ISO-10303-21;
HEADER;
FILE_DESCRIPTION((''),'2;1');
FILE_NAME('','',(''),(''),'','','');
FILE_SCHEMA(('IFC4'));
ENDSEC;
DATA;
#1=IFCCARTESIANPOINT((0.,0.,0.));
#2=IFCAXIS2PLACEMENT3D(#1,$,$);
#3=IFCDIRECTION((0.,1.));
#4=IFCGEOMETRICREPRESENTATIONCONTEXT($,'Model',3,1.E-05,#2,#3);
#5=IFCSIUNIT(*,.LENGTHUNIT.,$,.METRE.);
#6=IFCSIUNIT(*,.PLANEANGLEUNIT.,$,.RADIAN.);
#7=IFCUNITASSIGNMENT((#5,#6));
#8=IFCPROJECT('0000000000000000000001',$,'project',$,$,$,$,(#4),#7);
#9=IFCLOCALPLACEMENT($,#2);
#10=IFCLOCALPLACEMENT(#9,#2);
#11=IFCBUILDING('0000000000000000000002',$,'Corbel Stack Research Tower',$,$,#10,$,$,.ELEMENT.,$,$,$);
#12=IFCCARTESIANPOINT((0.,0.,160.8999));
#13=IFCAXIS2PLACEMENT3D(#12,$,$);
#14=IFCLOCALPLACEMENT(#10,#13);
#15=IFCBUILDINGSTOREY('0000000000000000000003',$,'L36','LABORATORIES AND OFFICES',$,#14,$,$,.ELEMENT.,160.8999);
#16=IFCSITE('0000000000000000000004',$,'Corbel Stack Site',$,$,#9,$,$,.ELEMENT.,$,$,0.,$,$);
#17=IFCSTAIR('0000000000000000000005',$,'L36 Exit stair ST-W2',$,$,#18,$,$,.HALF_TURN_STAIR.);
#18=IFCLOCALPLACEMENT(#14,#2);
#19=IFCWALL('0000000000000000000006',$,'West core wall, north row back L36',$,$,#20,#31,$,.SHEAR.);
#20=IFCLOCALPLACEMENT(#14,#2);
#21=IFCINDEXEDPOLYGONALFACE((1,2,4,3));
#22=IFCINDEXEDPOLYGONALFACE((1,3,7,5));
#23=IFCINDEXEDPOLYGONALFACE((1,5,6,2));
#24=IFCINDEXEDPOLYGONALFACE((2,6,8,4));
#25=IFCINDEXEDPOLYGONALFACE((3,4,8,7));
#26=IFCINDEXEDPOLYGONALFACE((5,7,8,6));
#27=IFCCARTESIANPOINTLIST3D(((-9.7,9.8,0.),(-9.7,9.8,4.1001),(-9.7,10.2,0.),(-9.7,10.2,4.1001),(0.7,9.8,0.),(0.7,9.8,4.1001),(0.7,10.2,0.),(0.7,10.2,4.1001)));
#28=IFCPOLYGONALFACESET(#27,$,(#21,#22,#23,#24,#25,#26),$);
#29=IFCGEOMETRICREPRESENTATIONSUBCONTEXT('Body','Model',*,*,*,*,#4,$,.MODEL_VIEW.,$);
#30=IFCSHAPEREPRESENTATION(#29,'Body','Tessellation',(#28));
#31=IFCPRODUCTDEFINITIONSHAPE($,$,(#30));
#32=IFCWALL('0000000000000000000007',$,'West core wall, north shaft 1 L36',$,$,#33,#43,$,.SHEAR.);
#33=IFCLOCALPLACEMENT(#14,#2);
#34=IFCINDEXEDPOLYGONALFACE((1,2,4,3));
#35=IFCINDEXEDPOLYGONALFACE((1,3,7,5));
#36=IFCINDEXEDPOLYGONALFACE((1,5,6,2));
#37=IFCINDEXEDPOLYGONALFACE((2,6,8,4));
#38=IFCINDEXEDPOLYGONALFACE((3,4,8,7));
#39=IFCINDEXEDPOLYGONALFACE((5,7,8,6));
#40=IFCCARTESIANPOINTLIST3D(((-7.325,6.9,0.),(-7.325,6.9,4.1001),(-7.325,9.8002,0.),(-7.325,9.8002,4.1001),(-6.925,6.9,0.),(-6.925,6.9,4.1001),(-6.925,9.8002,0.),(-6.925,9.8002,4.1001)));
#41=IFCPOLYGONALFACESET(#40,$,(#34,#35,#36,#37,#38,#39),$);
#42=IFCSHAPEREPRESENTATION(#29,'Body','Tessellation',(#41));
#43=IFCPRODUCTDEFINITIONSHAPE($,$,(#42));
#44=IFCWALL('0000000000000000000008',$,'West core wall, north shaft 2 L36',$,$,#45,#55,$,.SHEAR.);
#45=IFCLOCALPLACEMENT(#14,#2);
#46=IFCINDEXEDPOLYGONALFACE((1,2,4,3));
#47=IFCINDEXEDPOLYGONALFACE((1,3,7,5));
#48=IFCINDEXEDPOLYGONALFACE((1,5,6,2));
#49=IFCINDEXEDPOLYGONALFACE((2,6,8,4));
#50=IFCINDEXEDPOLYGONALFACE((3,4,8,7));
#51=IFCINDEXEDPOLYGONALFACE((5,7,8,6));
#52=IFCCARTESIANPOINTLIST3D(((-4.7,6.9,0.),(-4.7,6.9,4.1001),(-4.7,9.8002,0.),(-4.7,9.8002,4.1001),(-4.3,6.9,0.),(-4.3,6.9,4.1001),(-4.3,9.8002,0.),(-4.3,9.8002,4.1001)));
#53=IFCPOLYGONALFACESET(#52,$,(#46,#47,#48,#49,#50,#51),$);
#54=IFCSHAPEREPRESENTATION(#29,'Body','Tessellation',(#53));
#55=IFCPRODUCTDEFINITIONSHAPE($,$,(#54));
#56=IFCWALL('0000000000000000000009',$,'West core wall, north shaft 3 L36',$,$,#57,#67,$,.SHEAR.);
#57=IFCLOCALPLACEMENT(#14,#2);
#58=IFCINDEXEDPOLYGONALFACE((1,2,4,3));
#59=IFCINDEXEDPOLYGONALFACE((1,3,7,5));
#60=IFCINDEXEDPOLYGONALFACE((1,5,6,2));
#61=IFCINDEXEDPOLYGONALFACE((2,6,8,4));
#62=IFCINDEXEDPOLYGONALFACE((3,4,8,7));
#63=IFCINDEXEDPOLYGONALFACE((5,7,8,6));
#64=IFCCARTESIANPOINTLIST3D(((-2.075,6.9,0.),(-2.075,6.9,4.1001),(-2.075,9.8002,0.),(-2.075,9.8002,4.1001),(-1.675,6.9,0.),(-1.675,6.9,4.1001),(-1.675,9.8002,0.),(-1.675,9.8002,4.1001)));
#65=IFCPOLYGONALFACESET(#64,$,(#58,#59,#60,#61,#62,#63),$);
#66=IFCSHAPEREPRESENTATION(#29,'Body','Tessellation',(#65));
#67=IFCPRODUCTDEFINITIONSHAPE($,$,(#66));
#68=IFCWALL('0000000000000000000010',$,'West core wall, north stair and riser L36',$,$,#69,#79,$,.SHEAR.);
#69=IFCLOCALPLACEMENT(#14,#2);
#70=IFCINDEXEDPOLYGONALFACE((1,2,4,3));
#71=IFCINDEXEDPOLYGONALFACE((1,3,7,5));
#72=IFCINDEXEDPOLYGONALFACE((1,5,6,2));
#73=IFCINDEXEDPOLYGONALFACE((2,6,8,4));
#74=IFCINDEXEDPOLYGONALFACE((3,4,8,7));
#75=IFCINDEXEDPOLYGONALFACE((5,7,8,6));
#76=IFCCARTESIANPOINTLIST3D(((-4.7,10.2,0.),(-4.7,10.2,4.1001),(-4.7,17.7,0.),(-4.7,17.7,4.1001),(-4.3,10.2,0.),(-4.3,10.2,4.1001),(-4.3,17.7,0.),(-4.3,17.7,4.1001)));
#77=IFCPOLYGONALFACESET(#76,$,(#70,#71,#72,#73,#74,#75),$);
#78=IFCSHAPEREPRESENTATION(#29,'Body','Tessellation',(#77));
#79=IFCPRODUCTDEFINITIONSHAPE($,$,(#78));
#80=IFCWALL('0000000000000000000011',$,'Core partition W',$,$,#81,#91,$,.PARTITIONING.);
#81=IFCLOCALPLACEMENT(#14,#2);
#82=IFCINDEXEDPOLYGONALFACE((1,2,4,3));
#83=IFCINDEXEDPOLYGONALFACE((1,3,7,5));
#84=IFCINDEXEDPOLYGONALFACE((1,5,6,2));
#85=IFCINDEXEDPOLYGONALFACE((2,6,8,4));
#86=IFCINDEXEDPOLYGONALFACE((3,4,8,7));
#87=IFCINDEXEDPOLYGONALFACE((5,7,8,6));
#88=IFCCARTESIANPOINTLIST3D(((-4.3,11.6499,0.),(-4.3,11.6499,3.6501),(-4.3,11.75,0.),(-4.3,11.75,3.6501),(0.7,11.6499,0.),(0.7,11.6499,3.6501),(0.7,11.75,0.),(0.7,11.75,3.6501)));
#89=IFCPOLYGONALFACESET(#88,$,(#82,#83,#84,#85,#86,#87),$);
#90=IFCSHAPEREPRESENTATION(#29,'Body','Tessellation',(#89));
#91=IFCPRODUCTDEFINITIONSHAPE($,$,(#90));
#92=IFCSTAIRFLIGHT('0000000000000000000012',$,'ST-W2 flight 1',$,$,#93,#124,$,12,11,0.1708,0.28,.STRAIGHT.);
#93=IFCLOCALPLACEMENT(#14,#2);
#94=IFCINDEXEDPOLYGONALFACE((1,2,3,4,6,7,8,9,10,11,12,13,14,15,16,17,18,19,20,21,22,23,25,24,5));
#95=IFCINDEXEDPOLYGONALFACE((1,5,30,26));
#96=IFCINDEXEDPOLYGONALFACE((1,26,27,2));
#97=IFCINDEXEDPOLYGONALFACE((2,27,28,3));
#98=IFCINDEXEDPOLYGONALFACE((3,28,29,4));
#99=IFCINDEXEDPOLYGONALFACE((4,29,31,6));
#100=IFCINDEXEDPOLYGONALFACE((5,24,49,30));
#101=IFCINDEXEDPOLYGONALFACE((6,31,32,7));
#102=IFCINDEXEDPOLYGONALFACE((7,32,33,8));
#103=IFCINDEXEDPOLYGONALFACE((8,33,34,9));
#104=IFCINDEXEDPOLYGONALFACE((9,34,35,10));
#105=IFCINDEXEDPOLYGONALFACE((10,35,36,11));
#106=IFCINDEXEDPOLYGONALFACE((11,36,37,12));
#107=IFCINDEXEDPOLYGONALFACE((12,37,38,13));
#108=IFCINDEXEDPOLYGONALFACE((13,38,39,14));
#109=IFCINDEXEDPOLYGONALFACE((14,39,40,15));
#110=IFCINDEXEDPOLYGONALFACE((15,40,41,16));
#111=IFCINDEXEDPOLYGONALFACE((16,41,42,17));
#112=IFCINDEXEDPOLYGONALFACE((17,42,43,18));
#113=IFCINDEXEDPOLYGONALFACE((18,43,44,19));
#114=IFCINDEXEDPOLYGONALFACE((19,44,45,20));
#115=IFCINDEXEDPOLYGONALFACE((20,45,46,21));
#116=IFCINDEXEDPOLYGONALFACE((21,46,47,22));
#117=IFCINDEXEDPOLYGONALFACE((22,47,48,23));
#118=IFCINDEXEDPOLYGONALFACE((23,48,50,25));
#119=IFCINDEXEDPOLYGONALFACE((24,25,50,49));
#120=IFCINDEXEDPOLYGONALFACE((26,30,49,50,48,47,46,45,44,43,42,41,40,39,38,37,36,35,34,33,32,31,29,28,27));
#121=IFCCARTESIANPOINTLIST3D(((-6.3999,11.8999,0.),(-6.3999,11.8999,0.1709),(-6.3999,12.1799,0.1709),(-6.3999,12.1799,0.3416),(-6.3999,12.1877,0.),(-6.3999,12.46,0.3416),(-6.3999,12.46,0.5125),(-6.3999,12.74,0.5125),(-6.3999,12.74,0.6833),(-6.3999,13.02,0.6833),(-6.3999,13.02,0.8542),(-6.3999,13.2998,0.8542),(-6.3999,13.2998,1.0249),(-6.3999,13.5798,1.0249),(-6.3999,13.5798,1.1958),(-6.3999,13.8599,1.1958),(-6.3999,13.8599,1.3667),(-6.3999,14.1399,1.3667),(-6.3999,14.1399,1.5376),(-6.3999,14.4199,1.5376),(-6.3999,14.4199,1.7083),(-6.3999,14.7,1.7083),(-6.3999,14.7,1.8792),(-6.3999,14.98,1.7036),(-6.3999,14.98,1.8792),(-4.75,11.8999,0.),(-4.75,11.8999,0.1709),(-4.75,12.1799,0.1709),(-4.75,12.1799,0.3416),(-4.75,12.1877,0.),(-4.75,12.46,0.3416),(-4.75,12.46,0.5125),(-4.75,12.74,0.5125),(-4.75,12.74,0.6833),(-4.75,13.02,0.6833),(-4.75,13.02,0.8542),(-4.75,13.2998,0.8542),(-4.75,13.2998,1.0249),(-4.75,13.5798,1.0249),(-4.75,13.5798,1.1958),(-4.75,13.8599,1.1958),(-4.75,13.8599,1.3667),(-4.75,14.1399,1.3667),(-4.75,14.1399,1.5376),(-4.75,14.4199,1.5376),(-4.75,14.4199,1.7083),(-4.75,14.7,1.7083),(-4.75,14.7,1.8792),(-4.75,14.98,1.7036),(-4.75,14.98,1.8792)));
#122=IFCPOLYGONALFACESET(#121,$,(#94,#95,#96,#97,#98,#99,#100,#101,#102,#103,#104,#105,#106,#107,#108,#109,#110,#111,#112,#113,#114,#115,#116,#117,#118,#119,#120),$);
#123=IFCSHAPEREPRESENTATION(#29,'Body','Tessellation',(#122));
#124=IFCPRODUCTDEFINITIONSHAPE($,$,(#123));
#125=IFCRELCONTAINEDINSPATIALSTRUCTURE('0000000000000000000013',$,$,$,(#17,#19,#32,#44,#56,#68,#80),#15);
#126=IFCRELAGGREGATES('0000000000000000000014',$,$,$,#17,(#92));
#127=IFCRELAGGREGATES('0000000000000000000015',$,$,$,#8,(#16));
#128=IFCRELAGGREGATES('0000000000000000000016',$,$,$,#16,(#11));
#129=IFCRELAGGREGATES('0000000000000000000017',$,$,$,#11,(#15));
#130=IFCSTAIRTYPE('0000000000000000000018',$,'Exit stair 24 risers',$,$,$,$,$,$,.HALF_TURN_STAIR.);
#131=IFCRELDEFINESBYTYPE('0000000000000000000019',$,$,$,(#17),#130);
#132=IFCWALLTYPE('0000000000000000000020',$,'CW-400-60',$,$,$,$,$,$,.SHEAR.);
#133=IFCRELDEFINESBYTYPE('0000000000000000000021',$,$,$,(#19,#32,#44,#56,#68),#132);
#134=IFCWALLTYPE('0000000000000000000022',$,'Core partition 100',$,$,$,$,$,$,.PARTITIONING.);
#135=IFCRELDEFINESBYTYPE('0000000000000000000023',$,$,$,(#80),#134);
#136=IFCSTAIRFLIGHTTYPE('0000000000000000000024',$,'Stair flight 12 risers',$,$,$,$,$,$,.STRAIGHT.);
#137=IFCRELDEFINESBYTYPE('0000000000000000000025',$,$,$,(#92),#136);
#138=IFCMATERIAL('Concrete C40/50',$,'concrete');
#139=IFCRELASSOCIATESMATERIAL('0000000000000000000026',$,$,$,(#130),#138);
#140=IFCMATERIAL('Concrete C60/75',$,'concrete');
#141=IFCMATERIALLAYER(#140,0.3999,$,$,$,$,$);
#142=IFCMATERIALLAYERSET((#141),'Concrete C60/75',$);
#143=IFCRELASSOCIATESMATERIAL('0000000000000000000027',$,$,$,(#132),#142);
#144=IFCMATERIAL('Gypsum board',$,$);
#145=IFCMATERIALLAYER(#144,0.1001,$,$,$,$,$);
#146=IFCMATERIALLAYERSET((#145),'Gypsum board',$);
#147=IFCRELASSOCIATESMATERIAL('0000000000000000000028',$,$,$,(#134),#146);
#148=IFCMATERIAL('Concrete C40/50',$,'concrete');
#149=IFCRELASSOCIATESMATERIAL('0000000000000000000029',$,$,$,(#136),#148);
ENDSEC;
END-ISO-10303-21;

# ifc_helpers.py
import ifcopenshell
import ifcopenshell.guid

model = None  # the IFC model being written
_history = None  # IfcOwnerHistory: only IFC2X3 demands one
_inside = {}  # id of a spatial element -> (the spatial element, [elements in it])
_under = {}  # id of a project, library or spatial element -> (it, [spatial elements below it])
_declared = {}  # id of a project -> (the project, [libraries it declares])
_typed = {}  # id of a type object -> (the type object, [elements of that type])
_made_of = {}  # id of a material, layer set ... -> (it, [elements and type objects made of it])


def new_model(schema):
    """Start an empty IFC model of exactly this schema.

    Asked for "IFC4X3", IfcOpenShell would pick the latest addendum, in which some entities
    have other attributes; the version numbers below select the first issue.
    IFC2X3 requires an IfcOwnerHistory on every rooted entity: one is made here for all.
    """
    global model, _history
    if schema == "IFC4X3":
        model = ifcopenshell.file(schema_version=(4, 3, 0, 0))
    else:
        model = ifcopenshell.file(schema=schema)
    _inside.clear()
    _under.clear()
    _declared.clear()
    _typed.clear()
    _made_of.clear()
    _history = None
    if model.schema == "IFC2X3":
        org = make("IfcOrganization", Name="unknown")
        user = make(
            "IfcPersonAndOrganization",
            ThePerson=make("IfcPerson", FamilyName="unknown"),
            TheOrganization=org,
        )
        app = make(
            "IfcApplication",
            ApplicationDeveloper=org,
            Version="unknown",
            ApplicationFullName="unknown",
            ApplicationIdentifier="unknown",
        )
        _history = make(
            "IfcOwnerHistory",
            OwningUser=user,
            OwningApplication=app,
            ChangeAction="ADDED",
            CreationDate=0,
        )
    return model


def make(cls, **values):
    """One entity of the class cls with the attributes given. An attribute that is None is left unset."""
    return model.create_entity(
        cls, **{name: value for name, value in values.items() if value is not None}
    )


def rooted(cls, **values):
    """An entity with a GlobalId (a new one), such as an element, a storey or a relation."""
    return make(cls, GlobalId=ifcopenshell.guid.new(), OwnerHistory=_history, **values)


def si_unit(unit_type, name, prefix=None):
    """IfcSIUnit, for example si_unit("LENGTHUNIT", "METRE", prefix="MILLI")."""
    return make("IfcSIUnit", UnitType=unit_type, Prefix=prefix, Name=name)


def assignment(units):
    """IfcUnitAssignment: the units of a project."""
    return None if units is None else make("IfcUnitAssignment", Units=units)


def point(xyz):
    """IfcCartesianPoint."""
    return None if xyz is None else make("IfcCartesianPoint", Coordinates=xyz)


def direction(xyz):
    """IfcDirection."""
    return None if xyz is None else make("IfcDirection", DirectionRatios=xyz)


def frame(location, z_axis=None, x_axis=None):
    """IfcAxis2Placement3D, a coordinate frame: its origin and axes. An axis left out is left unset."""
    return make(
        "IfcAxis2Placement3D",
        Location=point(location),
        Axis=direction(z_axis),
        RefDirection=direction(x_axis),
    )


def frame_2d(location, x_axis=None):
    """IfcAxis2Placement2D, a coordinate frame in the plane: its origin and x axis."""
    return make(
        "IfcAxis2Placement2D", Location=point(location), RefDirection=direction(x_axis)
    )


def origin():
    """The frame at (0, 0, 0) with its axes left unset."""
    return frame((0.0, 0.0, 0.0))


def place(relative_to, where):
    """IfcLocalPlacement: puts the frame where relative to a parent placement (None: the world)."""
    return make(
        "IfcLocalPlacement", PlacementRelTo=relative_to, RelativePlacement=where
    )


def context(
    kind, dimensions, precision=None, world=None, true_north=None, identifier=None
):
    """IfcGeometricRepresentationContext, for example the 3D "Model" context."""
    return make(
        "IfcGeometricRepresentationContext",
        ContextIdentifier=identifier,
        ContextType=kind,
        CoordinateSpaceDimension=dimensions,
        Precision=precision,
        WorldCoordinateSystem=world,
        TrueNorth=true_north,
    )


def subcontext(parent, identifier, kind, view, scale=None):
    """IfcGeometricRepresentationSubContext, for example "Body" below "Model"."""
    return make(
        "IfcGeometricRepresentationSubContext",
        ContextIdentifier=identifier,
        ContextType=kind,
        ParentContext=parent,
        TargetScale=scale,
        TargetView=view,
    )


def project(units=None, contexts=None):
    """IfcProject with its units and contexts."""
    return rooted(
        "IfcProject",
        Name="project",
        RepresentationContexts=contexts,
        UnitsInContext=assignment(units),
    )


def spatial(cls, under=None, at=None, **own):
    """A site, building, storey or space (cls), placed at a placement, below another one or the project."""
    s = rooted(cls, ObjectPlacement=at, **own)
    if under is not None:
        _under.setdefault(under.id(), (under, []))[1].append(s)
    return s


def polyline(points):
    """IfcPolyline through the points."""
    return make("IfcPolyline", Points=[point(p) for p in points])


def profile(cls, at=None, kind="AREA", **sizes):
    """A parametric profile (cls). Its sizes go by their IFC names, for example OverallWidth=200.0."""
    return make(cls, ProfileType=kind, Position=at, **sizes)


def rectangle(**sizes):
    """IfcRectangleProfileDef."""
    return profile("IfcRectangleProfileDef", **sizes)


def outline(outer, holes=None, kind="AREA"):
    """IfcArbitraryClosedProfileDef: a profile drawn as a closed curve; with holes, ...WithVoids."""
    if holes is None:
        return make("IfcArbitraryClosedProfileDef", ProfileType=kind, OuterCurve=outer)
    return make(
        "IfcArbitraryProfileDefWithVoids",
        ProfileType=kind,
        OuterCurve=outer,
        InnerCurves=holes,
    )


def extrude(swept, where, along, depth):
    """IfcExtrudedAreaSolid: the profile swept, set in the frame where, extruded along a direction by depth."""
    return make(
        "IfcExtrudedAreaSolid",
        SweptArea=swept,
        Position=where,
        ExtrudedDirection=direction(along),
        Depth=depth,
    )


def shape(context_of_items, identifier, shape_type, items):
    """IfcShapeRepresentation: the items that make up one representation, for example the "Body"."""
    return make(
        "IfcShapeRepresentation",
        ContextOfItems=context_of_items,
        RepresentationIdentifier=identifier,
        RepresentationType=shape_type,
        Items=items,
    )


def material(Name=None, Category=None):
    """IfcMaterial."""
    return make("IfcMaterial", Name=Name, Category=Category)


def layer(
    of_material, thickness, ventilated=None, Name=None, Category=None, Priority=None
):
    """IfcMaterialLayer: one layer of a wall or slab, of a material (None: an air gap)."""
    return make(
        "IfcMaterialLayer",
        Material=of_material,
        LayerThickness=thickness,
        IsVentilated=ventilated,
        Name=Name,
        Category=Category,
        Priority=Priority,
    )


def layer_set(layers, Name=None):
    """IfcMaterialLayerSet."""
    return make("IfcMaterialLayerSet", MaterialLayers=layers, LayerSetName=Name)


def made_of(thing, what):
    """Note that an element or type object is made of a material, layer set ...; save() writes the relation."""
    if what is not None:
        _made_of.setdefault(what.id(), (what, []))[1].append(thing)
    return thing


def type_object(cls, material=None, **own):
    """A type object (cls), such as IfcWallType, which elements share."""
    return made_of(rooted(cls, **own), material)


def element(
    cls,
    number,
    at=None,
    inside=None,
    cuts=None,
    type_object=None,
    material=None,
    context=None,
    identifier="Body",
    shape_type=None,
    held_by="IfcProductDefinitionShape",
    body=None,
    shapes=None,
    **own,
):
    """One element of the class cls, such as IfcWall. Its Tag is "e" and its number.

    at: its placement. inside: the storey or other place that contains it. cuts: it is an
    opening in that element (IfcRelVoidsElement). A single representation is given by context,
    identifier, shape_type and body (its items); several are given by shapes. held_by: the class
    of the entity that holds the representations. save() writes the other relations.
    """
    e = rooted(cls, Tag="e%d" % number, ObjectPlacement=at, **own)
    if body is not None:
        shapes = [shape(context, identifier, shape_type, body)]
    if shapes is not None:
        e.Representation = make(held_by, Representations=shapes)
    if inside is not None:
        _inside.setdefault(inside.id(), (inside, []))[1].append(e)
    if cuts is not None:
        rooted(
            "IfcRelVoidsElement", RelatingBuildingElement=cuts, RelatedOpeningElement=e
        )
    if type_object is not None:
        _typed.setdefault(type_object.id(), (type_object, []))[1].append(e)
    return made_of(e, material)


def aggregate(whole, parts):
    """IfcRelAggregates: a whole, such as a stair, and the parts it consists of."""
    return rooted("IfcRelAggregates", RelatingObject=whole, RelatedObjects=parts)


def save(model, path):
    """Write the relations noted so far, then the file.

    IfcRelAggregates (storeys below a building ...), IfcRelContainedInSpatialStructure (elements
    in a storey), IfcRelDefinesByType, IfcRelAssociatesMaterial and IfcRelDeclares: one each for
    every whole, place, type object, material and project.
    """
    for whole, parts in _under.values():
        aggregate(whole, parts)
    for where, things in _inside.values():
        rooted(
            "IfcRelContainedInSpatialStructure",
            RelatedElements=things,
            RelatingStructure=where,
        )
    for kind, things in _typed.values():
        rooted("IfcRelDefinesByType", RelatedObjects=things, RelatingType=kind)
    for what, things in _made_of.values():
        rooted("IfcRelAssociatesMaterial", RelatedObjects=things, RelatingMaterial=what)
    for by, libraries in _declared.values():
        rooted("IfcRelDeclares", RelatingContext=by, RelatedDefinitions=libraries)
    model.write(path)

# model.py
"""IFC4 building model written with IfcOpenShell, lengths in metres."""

from ifc_helpers import new_model, si_unit, direction, frame, frame_2d, origin, place, context, subcontext, project, spatial, polyline, rectangle, outline, extrude, material, layer, layer_set, type_object, element, aggregate, save


model = new_model("IFC4")

# Units and contexts
model_context = context("Model", 3, precision=1e-05, world=origin(), true_north=direction((0.0, 1.0)))
body_context = subcontext(model_context, "Body", "Model", "MODEL_VIEW")
ifc_project = project(units=[si_unit("LENGTHUNIT", "METRE"), si_unit("PLANEANGLEUNIT", "RADIAN")], contexts=[model_context])

# Site, building, storey
site_placement = place(None, origin())
site = spatial("IfcSite", under=ifc_project, at=site_placement, Name="Corbel Stack Site", CompositionType="ELEMENT", RefElevation=0.0)
building_placement = place(site_placement, origin())
building = spatial("IfcBuilding", under=site, at=building_placement, Name="Corbel Stack Research Tower", CompositionType="ELEMENT")
storey_placement = place(building_placement, frame((0.0, 0.0, 160.8999)))
storey = spatial("IfcBuildingStorey", under=building, at=storey_placement, Name="L36", Description="LABORATORIES AND OFFICES", CompositionType="ELEMENT", Elevation=160.8999)

# Stair
ifc_material_1 = material(Name="Concrete C40/50", Category="concrete")
stair_type = type_object("IfcStairType", Name="Exit stair 24 risers", PredefinedType="HALF_TURN_STAIR", material=ifc_material_1)
stair_1_placement = place(storey_placement, origin())
stair_1 = element("IfcStair", 1, at=stair_1_placement, inside=storey, type_object=stair_type, Name="L36 Exit stair ST-W2", PredefinedType="HALF_TURN_STAIR")

# Walls
ifc_material_2 = material(Name="Concrete C60/75", Category="concrete")
ifc_layer_1 = layer(ifc_material_2, 0.3999)
ifc_layer_set_1 = layer_set([ifc_layer_1], Name="Concrete C60/75")
wall_type_1 = type_object("IfcWallType", Name="CW-400-60", PredefinedType="SHEAR", material=ifc_layer_set_1)
wall_1_placement = place(storey_placement, frame((-9.7, 10.0, 0.0), z_axis=(0.0, 0.0, 1.0), x_axis=(1.0, 0.0, 0.0)))
element("IfcWall", 2, at=wall_1_placement, inside=storey, type_object=wall_type_1, Name="West core wall, north row back L36", PredefinedType="SHEAR", context=body_context, shape_type="SweptSolid", body=[
    extrude(rectangle(XDim=10.3999, YDim=0.3999, at=frame_2d((5.2, 0.0))), origin(), (0.0, 0.0, 1.0), 4.1001),
])
for number, where, z_axis, x_axis, name in (
    (3, (-7.125, 6.8999, 0.0), (0.0, 0.0, 1.0), (0.0, 1.0, 0.0), "West core wall, north shaft 1 L36"),
    (4, (-4.5, 6.8999, 0.0), (0.0, 0.0, 1.0), (0.0, 1.0, 0.0), "West core wall, north shaft 2 L36"),
    (5, (-1.875, 6.8999, 0.0), (0.0, 0.0, 1.0), (0.0, 1.0, 0.0), "West core wall, north shaft 3 L36"),
):
    element("IfcWall", number, at=place(storey_placement, frame(where, z_axis=z_axis, x_axis=x_axis)), inside=storey, type_object=wall_type_1, Name=name, PredefinedType="SHEAR", context=body_context, shape_type="SweptSolid", body=[
        extrude(rectangle(XDim=2.9001, YDim=0.3999, at=frame_2d((1.4502, 0.0))), origin(), (0.0, 0.0, 1.0), 4.1001),
    ])
wall_2_placement = place(storey_placement, frame((-4.5, 10.2, 0.0), z_axis=(0.0, 0.0, 1.0), x_axis=(0.0, 1.0, 0.0)))
element("IfcWall", 6, at=wall_2_placement, inside=storey, type_object=wall_type_1, Name="West core wall, north stair and riser L36", PredefinedType="SHEAR", context=body_context, shape_type="SweptSolid", body=[
    extrude(rectangle(XDim=7.5, YDim=0.3999, at=frame_2d((3.75, 0.0))), origin(), (0.0, 0.0, 1.0), 4.1001),
])
ifc_material_3 = material(Name="Gypsum board")
ifc_layer_2 = layer(ifc_material_3, 0.1001)
ifc_layer_set_2 = layer_set([ifc_layer_2], Name="Gypsum board")
wall_type_2 = type_object("IfcWallType", Name="Core partition 100", PredefinedType="PARTITIONING", material=ifc_layer_set_2)
wall_3_placement = place(storey_placement, frame((-4.3, 11.7, 0.0), z_axis=(0.0, 0.0, 1.0), x_axis=(1.0, 0.0, 0.0)))
element("IfcWall", 7, at=wall_3_placement, inside=storey, type_object=wall_type_2, Name="Core partition W", PredefinedType="PARTITIONING", context=body_context, shape_type="SweptSolid", body=[
    extrude(rectangle(XDim=5.0, YDim=0.1001, at=frame_2d((2.5, 0.0))), origin(), (0.0, 0.0, 1.0), 3.6501),
])

# Stair flight
ifc_material_4 = material(Name="Concrete C40/50", Category="concrete")
stair_flight_type = type_object("IfcStairFlightType", Name="Stair flight 12 risers", PredefinedType="STRAIGHT", material=ifc_material_4)
stair_flight_placement = place(storey_placement, frame((-5.575, 11.8999, 0.0), z_axis=(0.0, 0.0, 1.0), x_axis=(0.0, 1.0, 0.0)))
stair_flight = element("IfcStairFlight", 8, at=stair_flight_placement, type_object=stair_flight_type, Name="ST-W2 flight 1", NumberOfRisers=12, NumberOfTreads=11, PredefinedType="STRAIGHT", RiserHeight=0.1708, TreadLength=0.28, context=body_context, shape_type="SweptSolid", body=[
    extrude(outline(polyline([(0.0, 0.0), (0.0, 0.1709), (0.28, 0.1709), (0.28, 0.3416), (0.5601, 0.3416), (0.5601, 0.5125), (0.8401, 0.5125), (0.8401, 0.6833), (1.1201, 0.6833), (1.1201, 0.8542), (1.3999, 0.8542), (1.3999, 1.0249), (1.6799, 1.0249), (1.6799, 1.1958), (1.96, 1.1958), (1.96, 1.3667), (2.24, 1.3667), (2.24, 1.5376), (2.52, 1.5376), (2.52, 1.7083), (2.8, 1.7083), (2.8, 1.8792), (3.0801, 1.8792), (3.0801, 2.05), (3.0801, 1.7036), (0.2878, 0.0), (0.0, 0.0)])), frame((0.0, 0.825, 0.0), z_axis=(0.0, -1.0, 0.0), x_axis=(1.0, 0.0, 0.0)), (0.0, 0.0, 1.0), 1.6499),
])
aggregate(stair_1, [stair_flight])

save(model, "model.ifc")
